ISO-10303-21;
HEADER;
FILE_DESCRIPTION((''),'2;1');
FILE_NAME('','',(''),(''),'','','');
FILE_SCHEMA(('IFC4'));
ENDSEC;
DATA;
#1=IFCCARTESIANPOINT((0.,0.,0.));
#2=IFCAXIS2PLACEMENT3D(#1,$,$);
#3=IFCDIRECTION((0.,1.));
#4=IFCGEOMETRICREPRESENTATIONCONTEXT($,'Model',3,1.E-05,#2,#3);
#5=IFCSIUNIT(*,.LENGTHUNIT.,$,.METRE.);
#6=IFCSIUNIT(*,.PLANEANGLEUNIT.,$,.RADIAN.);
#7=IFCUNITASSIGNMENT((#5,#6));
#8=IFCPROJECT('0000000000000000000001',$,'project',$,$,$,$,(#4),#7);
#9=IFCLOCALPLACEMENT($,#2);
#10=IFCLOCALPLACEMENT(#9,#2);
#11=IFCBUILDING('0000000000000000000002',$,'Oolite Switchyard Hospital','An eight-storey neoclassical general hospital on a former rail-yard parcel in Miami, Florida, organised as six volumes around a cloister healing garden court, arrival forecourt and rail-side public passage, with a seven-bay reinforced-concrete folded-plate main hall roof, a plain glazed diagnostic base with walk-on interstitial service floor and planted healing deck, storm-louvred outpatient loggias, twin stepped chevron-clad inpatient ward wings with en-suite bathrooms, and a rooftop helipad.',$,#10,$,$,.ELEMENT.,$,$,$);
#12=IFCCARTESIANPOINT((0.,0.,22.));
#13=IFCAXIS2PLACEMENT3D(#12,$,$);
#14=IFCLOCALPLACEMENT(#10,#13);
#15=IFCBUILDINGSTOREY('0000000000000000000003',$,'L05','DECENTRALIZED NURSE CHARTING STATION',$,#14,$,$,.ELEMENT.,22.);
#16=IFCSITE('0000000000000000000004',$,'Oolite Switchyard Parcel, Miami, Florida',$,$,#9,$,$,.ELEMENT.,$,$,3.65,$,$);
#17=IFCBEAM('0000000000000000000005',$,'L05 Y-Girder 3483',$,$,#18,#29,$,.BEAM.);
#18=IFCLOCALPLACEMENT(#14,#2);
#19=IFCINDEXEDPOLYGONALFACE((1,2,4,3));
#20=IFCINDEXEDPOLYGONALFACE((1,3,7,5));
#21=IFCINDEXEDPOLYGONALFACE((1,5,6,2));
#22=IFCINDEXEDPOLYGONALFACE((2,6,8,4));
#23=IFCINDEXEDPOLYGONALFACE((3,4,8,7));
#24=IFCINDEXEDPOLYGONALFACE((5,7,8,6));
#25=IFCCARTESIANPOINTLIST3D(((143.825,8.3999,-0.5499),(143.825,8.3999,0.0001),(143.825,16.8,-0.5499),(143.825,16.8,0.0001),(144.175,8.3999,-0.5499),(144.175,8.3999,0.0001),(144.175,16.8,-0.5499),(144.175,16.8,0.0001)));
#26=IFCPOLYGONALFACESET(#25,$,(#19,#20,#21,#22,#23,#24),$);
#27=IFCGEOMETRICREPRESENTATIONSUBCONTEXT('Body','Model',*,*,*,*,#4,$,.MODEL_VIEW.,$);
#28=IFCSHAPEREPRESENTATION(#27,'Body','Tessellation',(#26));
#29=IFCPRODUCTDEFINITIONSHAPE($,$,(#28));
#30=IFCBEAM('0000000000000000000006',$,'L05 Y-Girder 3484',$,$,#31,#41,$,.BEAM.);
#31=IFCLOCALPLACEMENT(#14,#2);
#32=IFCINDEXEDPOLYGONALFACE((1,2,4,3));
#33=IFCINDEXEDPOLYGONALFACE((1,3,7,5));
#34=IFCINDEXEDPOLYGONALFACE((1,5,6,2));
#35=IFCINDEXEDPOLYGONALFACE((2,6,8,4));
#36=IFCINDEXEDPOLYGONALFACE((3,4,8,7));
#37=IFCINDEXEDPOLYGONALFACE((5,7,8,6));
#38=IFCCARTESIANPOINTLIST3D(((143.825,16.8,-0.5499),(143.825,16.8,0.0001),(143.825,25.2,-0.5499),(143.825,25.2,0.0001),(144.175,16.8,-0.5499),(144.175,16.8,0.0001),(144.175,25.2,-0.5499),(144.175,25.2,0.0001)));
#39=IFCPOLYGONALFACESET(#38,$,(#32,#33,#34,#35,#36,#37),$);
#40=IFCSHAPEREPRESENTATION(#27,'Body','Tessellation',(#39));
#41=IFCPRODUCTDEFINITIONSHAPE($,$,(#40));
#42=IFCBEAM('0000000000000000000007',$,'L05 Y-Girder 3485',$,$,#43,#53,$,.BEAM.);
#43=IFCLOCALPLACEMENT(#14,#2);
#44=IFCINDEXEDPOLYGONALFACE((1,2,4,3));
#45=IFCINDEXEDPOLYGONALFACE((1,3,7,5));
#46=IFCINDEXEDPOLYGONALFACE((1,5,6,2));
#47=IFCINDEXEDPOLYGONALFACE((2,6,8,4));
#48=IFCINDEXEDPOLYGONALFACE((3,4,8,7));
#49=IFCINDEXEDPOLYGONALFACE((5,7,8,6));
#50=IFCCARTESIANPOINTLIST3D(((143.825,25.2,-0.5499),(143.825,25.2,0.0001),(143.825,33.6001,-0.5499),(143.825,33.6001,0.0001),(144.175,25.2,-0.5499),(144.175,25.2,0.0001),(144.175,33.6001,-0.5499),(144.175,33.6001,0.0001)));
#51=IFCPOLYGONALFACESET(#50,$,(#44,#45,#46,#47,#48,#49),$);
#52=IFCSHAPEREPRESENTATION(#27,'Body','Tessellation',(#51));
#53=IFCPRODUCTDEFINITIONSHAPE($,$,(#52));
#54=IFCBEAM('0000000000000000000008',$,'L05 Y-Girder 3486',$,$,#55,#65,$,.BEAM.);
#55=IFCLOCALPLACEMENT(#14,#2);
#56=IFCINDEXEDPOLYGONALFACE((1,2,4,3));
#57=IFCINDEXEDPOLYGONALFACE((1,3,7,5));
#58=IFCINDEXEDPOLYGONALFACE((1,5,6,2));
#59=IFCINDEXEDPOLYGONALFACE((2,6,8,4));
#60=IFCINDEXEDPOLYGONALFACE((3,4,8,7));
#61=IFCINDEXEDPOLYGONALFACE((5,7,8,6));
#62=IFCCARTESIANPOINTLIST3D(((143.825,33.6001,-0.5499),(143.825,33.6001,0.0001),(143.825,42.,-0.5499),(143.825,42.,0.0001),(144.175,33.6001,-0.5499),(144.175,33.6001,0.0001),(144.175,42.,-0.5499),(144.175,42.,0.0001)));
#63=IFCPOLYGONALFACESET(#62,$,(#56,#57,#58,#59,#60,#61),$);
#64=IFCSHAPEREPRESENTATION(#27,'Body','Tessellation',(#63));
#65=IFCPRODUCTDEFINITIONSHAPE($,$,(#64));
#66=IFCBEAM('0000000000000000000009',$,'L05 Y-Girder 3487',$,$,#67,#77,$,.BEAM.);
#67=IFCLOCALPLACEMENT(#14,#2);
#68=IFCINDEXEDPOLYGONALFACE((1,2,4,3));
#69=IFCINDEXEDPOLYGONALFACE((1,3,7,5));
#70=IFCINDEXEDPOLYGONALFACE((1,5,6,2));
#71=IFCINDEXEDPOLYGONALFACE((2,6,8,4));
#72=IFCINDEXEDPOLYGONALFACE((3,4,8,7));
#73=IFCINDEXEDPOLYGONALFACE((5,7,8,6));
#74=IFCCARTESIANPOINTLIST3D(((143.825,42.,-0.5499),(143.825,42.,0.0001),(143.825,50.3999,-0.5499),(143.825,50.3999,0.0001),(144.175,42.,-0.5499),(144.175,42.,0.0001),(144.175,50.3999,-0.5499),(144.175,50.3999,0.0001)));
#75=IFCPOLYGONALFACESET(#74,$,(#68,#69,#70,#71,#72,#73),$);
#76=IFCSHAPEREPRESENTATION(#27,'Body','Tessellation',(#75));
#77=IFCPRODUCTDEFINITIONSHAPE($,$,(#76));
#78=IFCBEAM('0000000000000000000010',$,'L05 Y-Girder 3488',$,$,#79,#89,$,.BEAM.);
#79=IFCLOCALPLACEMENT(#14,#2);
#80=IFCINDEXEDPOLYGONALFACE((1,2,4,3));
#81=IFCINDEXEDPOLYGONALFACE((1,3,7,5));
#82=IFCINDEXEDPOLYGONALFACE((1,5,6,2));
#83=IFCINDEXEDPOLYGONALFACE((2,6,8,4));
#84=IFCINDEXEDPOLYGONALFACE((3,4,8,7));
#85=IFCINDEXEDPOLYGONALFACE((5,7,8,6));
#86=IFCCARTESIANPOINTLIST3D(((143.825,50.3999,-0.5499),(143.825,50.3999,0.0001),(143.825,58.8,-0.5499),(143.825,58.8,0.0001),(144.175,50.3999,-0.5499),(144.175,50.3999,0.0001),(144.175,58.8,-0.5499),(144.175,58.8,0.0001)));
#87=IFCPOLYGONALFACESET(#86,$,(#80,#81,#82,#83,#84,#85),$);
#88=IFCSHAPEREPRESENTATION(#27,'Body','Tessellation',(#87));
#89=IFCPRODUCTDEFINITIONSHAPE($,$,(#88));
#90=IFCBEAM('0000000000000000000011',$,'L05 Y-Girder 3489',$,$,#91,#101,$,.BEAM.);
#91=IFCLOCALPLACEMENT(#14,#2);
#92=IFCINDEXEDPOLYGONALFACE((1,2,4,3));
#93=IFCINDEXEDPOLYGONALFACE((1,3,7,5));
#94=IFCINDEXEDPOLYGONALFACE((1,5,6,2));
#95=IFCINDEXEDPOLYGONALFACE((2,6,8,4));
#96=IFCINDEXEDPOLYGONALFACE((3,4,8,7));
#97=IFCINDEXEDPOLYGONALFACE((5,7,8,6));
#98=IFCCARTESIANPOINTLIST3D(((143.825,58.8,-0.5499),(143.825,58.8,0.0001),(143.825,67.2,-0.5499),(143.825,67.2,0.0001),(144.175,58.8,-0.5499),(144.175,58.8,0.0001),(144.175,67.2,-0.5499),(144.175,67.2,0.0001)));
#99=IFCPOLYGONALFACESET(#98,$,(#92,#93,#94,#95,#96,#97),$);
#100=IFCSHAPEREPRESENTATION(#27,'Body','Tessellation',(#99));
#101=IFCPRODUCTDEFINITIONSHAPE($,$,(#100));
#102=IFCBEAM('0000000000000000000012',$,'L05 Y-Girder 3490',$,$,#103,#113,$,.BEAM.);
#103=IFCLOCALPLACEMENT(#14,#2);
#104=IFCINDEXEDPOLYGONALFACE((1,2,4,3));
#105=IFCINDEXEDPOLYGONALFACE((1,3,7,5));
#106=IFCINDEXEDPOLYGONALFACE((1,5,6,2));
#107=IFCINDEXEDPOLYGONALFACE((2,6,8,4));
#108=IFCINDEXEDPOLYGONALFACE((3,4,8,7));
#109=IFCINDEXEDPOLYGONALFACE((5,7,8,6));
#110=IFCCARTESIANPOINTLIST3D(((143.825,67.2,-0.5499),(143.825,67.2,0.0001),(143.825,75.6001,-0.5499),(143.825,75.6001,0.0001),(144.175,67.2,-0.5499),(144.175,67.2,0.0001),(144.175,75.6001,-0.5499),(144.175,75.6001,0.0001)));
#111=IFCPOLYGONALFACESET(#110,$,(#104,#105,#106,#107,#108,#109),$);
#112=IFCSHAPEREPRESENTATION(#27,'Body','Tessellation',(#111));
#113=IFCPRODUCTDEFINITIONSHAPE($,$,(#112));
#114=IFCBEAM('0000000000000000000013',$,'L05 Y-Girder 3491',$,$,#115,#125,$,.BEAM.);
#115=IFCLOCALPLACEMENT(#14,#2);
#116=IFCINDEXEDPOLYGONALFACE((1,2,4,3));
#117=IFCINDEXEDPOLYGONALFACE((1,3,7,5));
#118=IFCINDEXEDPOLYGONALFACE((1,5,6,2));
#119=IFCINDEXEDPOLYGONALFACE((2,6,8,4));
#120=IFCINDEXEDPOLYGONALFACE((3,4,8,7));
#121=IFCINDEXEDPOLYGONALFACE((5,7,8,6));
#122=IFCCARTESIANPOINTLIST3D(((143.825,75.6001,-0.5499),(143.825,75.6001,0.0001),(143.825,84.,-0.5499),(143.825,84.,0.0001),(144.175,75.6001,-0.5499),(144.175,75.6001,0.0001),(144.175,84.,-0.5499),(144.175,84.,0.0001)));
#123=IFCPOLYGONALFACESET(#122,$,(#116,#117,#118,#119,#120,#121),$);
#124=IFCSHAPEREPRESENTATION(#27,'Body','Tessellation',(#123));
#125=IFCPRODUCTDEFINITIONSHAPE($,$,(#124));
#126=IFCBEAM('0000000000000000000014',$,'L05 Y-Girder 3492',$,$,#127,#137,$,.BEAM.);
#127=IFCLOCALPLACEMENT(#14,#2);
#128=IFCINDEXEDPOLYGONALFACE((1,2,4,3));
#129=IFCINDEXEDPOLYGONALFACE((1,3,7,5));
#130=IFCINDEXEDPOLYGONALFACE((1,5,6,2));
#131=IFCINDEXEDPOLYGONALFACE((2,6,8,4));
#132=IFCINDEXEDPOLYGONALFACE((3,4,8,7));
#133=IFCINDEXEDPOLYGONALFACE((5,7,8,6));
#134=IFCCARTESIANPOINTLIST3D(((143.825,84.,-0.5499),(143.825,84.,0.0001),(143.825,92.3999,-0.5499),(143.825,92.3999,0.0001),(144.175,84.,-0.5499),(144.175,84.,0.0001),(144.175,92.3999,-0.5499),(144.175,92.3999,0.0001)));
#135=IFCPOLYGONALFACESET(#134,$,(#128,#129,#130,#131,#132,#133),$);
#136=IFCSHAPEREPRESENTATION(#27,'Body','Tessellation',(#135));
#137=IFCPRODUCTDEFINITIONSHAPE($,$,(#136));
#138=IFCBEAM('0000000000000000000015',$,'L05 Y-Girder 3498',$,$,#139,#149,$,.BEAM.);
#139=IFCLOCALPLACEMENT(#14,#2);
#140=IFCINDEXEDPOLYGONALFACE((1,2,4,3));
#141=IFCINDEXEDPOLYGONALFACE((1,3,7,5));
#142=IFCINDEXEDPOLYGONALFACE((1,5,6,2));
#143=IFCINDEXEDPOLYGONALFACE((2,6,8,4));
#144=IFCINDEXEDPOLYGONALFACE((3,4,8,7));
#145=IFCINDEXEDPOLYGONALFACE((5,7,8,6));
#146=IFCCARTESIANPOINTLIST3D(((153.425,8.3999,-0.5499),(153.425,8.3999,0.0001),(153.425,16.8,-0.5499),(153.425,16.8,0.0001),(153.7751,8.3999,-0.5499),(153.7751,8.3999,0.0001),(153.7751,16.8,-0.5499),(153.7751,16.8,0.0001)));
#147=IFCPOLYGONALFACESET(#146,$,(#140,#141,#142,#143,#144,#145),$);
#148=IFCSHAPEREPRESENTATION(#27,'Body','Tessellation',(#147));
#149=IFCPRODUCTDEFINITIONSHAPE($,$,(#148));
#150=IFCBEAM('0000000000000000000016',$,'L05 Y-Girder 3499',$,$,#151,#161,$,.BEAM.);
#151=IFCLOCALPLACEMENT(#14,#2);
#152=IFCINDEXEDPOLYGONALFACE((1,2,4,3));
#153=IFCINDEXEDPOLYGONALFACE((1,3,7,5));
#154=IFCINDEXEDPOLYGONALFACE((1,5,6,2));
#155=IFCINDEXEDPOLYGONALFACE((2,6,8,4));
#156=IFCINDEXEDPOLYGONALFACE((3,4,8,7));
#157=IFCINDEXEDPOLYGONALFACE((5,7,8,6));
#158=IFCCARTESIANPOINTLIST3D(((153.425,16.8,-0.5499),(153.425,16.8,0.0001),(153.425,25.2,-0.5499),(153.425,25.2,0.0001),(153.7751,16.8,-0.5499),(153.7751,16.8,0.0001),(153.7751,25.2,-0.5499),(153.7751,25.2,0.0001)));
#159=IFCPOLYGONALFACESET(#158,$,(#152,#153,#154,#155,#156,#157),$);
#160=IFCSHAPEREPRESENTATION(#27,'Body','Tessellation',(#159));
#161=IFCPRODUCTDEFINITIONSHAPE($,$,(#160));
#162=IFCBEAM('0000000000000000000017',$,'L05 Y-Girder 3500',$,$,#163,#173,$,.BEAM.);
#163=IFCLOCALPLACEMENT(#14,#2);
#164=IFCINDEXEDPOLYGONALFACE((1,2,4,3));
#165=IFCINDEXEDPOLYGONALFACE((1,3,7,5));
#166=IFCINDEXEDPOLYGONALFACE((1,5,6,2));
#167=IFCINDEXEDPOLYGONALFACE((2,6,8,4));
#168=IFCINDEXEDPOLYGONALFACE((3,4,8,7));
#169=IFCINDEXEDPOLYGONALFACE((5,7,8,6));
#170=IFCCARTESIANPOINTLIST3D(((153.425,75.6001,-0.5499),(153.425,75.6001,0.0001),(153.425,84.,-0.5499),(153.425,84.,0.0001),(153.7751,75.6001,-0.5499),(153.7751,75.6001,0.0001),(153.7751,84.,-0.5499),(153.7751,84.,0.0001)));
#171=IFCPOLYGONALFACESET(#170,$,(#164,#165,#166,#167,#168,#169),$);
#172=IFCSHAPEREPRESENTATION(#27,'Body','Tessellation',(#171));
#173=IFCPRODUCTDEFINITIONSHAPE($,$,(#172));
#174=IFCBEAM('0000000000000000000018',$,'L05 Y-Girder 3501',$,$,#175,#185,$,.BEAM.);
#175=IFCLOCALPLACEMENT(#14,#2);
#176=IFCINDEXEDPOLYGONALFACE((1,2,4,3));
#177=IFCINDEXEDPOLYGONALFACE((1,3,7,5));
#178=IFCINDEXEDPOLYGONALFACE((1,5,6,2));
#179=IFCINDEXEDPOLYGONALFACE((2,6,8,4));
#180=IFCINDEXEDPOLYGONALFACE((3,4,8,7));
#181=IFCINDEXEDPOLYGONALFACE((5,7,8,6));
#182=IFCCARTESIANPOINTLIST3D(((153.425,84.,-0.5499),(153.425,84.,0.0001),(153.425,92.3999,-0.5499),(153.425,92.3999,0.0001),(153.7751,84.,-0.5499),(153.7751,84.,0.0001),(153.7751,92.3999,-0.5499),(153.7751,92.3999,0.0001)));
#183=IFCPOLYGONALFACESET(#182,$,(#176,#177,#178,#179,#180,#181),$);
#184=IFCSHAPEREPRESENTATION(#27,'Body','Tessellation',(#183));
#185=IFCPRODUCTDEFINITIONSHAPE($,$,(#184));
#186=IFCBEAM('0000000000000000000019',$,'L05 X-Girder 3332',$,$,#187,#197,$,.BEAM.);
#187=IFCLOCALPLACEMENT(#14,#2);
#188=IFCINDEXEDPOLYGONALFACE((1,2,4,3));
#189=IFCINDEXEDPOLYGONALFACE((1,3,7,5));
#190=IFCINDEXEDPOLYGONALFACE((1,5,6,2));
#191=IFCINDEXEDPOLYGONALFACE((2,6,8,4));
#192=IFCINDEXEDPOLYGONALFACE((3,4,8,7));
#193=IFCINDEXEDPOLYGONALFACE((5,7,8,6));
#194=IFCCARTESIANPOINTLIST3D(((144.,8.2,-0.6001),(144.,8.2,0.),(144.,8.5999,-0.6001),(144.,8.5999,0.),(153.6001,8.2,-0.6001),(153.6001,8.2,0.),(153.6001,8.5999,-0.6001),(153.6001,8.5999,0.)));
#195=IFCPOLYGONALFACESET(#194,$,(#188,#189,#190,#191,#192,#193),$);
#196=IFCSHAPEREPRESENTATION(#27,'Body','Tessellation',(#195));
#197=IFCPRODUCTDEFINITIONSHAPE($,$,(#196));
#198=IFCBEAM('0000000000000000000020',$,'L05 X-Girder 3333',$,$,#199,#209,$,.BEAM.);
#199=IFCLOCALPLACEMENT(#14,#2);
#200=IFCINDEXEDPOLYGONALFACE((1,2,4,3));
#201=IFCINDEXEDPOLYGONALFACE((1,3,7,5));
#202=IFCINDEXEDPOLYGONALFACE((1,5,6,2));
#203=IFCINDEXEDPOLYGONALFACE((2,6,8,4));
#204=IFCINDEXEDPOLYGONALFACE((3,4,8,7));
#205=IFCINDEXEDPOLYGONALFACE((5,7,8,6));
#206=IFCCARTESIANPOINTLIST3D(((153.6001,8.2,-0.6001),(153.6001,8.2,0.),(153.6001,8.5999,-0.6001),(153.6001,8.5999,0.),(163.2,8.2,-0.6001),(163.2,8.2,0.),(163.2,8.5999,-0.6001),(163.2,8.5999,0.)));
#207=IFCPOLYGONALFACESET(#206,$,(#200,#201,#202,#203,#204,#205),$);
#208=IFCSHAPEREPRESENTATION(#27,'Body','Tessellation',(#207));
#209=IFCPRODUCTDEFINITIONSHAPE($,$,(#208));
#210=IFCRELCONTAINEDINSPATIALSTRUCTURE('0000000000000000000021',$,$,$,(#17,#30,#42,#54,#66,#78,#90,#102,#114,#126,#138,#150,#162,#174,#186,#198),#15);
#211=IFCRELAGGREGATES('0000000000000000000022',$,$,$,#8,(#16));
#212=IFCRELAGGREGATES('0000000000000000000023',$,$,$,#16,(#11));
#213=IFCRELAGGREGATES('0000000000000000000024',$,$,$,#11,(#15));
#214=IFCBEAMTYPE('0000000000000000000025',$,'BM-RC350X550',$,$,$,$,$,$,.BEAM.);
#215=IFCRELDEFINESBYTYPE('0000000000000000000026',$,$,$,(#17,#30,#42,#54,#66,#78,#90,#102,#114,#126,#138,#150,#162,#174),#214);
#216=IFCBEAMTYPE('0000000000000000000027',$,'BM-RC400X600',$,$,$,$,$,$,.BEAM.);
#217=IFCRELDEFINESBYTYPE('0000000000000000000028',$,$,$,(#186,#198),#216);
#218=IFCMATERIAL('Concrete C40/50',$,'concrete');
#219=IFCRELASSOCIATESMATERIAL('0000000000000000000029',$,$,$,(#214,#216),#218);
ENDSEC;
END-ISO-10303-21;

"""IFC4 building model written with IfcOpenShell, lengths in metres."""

from ifc_helpers import new_model, si_unit, direction, frame, origin, origin_2d, place, context, subcontext, project, spatial, rectangle, extrude, material, material_profile, profile_set, type_object, element, save


model = new_model("IFC4")

# Units and contexts
model_context = context("Model", 3, precision=1e-05, world=origin(), true_north=direction((0.0, 1.0)))
body_context = subcontext(model_context, "Body", "Model", "MODEL_VIEW")
ifc_project = project(units=[si_unit("LENGTHUNIT", "METRE"), si_unit("PLANEANGLEUNIT", "RADIAN")], contexts=[model_context])

# Site, building, storey
site_placement = place(None, origin())
site = spatial("IfcSite", under=ifc_project, at=site_placement, Name="Oolite Switchyard Parcel, Miami, Florida", CompositionType="ELEMENT", RefElevation=3.65)
building_placement = place(site_placement, origin())
building = spatial("IfcBuilding", under=site, at=building_placement, Name="Oolite Switchyard Hospital", Description="An eight-storey neoclassical general hospital on a former rail-yard parcel in Miami, Florida, organised as six volumes around a cloister healing garden court, arrival forecourt and rail-side public passage, with a seven-bay reinforced-concrete folded-plate main hall roof, a plain glazed diagnostic base with walk-on interstitial service floor and planted healing deck, storm-louvred outpatient loggias, twin stepped chevron-clad inpatient ward wings with en-suite bathrooms, and a rooftop helipad.", CompositionType="ELEMENT")
storey_placement = place(building_placement, frame((0.0, 0.0, 22.0)))
storey = spatial("IfcBuildingStorey", under=building, at=storey_placement, Name="L05", Description="DECENTRALIZED NURSE CHARTING STATION", CompositionType="ELEMENT", Elevation=22.0)

# Beams
ifc_material_1 = material(Name="Concrete C40/50", Category="concrete")
ifc_material_profile_1 = material_profile(ifc_material_1, rectangle(XDim=0.3501, YDim=0.55, at=origin_2d()), Name="RCB350X550")
ifc_profile_set_1 = profile_set([ifc_material_profile_1], Name="Concrete C40/50")
beam_type_1 = type_object("IfcBeamType", Name="BM-RC350X550", PredefinedType="BEAM", material=ifc_profile_set_1)
beam_1_placement = place(storey_placement, frame((144.0, 8.3999, -0.2749), z_axis=(0.0, 1.0, 0.0), x_axis=(-1.0, 0.0, 0.0)))
element("IfcBeam", 1, at=beam_1_placement, inside=storey, type_object=beam_type_1, Name="L05 Y-Girder 3483", PredefinedType="BEAM", context=body_context, shape_type="SweptSolid", body=[
    extrude(rectangle(XDim=0.3501, YDim=0.55, at=origin_2d()), origin(), (0.0, 0.0, 1.0), 8.4001),
])
beam_2_placement = place(storey_placement, frame((144.0, 16.8, -0.2749), z_axis=(0.0, 1.0, 0.0), x_axis=(-1.0, 0.0, 0.0)))
element("IfcBeam", 2, at=beam_2_placement, inside=storey, type_object=beam_type_1, Name="L05 Y-Girder 3484", PredefinedType="BEAM", context=body_context, shape_type="SweptSolid", body=[
    extrude(rectangle(XDim=0.3501, YDim=0.55, at=origin_2d()), origin(), (0.0, 0.0, 1.0), 8.3999),
])
beam_3_placement = place(storey_placement, frame((144.0, 25.2, -0.2749), z_axis=(0.0, 1.0, 0.0), x_axis=(-1.0, 0.0, 0.0)))
element("IfcBeam", 3, at=beam_3_placement, inside=storey, type_object=beam_type_1, Name="L05 Y-Girder 3485", PredefinedType="BEAM", context=body_context, shape_type="SweptSolid", body=[
    extrude(rectangle(XDim=0.3501, YDim=0.55, at=origin_2d()), origin(), (0.0, 0.0, 1.0), 8.4001),
])
for number, where, z_axis, x_axis, name in (
    (4, (144.0, 33.6001, -0.2749), (0.0, 1.0, 0.0), (-1.0, 0.0, 0.0), "L05 Y-Girder 3486"),
    (5, (144.0, 42.0, -0.2749), (0.0, 1.0, 0.0), (-1.0, 0.0, 0.0), "L05 Y-Girder 3487"),
):
    element("IfcBeam", number, at=place(storey_placement, frame(where, z_axis=z_axis, x_axis=x_axis)), inside=storey, type_object=beam_type_1, Name=name, PredefinedType="BEAM", context=body_context, shape_type="SweptSolid", body=[
        extrude(rectangle(XDim=0.3501, YDim=0.55, at=origin_2d()), origin(), (0.0, 0.0, 1.0), 8.3999),
    ])
beam_4_placement = place(storey_placement, frame((144.0, 50.3999, -0.2749), z_axis=(0.0, 1.0, 0.0), x_axis=(-1.0, 0.0, 0.0)))
element("IfcBeam", 6, at=beam_4_placement, inside=storey, type_object=beam_type_1, Name="L05 Y-Girder 3488", PredefinedType="BEAM", context=body_context, shape_type="SweptSolid", body=[
    extrude(rectangle(XDim=0.3501, YDim=0.55, at=origin_2d()), origin(), (0.0, 0.0, 1.0), 8.4001),
])
beam_5_placement = place(storey_placement, frame((144.0, 58.8, -0.2749), z_axis=(0.0, 1.0, 0.0), x_axis=(-1.0, 0.0, 0.0)))
element("IfcBeam", 7, at=beam_5_placement, inside=storey, type_object=beam_type_1, Name="L05 Y-Girder 3489", PredefinedType="BEAM", context=body_context, shape_type="SweptSolid", body=[
    extrude(rectangle(XDim=0.3501, YDim=0.55, at=origin_2d()), origin(), (0.0, 0.0, 1.0), 8.3999),
])
beam_6_placement = place(storey_placement, frame((144.0, 67.2, -0.2749), z_axis=(0.0, 1.0, 0.0), x_axis=(-1.0, 0.0, 0.0)))
element("IfcBeam", 8, at=beam_6_placement, inside=storey, type_object=beam_type_1, Name="L05 Y-Girder 3490", PredefinedType="BEAM", context=body_context, shape_type="SweptSolid", body=[
    extrude(rectangle(XDim=0.3501, YDim=0.55, at=origin_2d()), origin(), (0.0, 0.0, 1.0), 8.4001),
])
for number, where, z_axis, x_axis, name in (
    (9, (144.0, 75.6001, -0.2749), (0.0, 1.0, 0.0), (-1.0, 0.0, 0.0), "L05 Y-Girder 3491"),
    (10, (144.0, 84.0, -0.2749), (0.0, 1.0, 0.0), (-1.0, 0.0, 0.0), "L05 Y-Girder 3492"),
):
    element("IfcBeam", number, at=place(storey_placement, frame(where, z_axis=z_axis, x_axis=x_axis)), inside=storey, type_object=beam_type_1, Name=name, PredefinedType="BEAM", context=body_context, shape_type="SweptSolid", body=[
        extrude(rectangle(XDim=0.3501, YDim=0.55, at=origin_2d()), origin(), (0.0, 0.0, 1.0), 8.3999),
    ])
beam_7_placement = place(storey_placement, frame((153.6001, 8.3999, -0.2749), z_axis=(0.0, 1.0, 0.0), x_axis=(-1.0, 0.0, 0.0)))
element("IfcBeam", 11, at=beam_7_placement, inside=storey, type_object=beam_type_1, Name="L05 Y-Girder 3498", PredefinedType="BEAM", context=body_context, shape_type="SweptSolid", body=[
    extrude(rectangle(XDim=0.3501, YDim=0.55, at=origin_2d()), origin(), (0.0, 0.0, 1.0), 8.4001),
])
for number, where, z_axis, x_axis, name in (
    (12, (153.6001, 16.8, -0.2749), (0.0, 1.0, 0.0), (-1.0, 0.0, 0.0), "L05 Y-Girder 3499"),
    (13, (153.6001, 75.6001, -0.2749), (0.0, 1.0, 0.0), (-1.0, 0.0, 0.0), "L05 Y-Girder 3500"),
    (14, (153.6001, 84.0, -0.2749), (0.0, 1.0, 0.0), (-1.0, 0.0, 0.0), "L05 Y-Girder 3501"),
):
    element("IfcBeam", number, at=place(storey_placement, frame(where, z_axis=z_axis, x_axis=x_axis)), inside=storey, type_object=beam_type_1, Name=name, PredefinedType="BEAM", context=body_context, shape_type="SweptSolid", body=[
        extrude(rectangle(XDim=0.3501, YDim=0.55, at=origin_2d()), origin(), (0.0, 0.0, 1.0), 8.3999),
    ])
ifc_material_profile_2 = material_profile(ifc_material_1, rectangle(XDim=0.3999, YDim=0.6001, at=origin_2d()), Name="RCB400X600")
ifc_profile_set_2 = profile_set([ifc_material_profile_2], Name="Concrete C40/50")
beam_type_2 = type_object("IfcBeamType", Name="BM-RC400X600", PredefinedType="BEAM", material=ifc_profile_set_2)
beam_8_placement = place(storey_placement, frame((144.0, 8.3999, -0.3), z_axis=(1.0, 0.0, 0.0), x_axis=(0.0, 1.0, 0.0)))
element("IfcBeam", 15, at=beam_8_placement, inside=storey, type_object=beam_type_2, Name="L05 X-Girder 3332", PredefinedType="BEAM", context=body_context, shape_type="SweptSolid", body=[
    extrude(rectangle(XDim=0.3999, YDim=0.6001, at=origin_2d()), origin(), (0.0, 0.0, 1.0), 9.6001),
])
beam_9_placement = place(storey_placement, frame((153.6001, 8.3999, -0.3), z_axis=(1.0, 0.0, 0.0), x_axis=(0.0, 1.0, 0.0)))
element("IfcBeam", 16, at=beam_9_placement, inside=storey, type_object=beam_type_2, Name="L05 X-Girder 3333", PredefinedType="BEAM", context=body_context, shape_type="SweptSolid", body=[
    extrude(rectangle(XDim=0.3999, YDim=0.6001, at=origin_2d()), origin(), (0.0, 0.0, 1.0), 9.5999),
])

save(model, "model.ifc")
